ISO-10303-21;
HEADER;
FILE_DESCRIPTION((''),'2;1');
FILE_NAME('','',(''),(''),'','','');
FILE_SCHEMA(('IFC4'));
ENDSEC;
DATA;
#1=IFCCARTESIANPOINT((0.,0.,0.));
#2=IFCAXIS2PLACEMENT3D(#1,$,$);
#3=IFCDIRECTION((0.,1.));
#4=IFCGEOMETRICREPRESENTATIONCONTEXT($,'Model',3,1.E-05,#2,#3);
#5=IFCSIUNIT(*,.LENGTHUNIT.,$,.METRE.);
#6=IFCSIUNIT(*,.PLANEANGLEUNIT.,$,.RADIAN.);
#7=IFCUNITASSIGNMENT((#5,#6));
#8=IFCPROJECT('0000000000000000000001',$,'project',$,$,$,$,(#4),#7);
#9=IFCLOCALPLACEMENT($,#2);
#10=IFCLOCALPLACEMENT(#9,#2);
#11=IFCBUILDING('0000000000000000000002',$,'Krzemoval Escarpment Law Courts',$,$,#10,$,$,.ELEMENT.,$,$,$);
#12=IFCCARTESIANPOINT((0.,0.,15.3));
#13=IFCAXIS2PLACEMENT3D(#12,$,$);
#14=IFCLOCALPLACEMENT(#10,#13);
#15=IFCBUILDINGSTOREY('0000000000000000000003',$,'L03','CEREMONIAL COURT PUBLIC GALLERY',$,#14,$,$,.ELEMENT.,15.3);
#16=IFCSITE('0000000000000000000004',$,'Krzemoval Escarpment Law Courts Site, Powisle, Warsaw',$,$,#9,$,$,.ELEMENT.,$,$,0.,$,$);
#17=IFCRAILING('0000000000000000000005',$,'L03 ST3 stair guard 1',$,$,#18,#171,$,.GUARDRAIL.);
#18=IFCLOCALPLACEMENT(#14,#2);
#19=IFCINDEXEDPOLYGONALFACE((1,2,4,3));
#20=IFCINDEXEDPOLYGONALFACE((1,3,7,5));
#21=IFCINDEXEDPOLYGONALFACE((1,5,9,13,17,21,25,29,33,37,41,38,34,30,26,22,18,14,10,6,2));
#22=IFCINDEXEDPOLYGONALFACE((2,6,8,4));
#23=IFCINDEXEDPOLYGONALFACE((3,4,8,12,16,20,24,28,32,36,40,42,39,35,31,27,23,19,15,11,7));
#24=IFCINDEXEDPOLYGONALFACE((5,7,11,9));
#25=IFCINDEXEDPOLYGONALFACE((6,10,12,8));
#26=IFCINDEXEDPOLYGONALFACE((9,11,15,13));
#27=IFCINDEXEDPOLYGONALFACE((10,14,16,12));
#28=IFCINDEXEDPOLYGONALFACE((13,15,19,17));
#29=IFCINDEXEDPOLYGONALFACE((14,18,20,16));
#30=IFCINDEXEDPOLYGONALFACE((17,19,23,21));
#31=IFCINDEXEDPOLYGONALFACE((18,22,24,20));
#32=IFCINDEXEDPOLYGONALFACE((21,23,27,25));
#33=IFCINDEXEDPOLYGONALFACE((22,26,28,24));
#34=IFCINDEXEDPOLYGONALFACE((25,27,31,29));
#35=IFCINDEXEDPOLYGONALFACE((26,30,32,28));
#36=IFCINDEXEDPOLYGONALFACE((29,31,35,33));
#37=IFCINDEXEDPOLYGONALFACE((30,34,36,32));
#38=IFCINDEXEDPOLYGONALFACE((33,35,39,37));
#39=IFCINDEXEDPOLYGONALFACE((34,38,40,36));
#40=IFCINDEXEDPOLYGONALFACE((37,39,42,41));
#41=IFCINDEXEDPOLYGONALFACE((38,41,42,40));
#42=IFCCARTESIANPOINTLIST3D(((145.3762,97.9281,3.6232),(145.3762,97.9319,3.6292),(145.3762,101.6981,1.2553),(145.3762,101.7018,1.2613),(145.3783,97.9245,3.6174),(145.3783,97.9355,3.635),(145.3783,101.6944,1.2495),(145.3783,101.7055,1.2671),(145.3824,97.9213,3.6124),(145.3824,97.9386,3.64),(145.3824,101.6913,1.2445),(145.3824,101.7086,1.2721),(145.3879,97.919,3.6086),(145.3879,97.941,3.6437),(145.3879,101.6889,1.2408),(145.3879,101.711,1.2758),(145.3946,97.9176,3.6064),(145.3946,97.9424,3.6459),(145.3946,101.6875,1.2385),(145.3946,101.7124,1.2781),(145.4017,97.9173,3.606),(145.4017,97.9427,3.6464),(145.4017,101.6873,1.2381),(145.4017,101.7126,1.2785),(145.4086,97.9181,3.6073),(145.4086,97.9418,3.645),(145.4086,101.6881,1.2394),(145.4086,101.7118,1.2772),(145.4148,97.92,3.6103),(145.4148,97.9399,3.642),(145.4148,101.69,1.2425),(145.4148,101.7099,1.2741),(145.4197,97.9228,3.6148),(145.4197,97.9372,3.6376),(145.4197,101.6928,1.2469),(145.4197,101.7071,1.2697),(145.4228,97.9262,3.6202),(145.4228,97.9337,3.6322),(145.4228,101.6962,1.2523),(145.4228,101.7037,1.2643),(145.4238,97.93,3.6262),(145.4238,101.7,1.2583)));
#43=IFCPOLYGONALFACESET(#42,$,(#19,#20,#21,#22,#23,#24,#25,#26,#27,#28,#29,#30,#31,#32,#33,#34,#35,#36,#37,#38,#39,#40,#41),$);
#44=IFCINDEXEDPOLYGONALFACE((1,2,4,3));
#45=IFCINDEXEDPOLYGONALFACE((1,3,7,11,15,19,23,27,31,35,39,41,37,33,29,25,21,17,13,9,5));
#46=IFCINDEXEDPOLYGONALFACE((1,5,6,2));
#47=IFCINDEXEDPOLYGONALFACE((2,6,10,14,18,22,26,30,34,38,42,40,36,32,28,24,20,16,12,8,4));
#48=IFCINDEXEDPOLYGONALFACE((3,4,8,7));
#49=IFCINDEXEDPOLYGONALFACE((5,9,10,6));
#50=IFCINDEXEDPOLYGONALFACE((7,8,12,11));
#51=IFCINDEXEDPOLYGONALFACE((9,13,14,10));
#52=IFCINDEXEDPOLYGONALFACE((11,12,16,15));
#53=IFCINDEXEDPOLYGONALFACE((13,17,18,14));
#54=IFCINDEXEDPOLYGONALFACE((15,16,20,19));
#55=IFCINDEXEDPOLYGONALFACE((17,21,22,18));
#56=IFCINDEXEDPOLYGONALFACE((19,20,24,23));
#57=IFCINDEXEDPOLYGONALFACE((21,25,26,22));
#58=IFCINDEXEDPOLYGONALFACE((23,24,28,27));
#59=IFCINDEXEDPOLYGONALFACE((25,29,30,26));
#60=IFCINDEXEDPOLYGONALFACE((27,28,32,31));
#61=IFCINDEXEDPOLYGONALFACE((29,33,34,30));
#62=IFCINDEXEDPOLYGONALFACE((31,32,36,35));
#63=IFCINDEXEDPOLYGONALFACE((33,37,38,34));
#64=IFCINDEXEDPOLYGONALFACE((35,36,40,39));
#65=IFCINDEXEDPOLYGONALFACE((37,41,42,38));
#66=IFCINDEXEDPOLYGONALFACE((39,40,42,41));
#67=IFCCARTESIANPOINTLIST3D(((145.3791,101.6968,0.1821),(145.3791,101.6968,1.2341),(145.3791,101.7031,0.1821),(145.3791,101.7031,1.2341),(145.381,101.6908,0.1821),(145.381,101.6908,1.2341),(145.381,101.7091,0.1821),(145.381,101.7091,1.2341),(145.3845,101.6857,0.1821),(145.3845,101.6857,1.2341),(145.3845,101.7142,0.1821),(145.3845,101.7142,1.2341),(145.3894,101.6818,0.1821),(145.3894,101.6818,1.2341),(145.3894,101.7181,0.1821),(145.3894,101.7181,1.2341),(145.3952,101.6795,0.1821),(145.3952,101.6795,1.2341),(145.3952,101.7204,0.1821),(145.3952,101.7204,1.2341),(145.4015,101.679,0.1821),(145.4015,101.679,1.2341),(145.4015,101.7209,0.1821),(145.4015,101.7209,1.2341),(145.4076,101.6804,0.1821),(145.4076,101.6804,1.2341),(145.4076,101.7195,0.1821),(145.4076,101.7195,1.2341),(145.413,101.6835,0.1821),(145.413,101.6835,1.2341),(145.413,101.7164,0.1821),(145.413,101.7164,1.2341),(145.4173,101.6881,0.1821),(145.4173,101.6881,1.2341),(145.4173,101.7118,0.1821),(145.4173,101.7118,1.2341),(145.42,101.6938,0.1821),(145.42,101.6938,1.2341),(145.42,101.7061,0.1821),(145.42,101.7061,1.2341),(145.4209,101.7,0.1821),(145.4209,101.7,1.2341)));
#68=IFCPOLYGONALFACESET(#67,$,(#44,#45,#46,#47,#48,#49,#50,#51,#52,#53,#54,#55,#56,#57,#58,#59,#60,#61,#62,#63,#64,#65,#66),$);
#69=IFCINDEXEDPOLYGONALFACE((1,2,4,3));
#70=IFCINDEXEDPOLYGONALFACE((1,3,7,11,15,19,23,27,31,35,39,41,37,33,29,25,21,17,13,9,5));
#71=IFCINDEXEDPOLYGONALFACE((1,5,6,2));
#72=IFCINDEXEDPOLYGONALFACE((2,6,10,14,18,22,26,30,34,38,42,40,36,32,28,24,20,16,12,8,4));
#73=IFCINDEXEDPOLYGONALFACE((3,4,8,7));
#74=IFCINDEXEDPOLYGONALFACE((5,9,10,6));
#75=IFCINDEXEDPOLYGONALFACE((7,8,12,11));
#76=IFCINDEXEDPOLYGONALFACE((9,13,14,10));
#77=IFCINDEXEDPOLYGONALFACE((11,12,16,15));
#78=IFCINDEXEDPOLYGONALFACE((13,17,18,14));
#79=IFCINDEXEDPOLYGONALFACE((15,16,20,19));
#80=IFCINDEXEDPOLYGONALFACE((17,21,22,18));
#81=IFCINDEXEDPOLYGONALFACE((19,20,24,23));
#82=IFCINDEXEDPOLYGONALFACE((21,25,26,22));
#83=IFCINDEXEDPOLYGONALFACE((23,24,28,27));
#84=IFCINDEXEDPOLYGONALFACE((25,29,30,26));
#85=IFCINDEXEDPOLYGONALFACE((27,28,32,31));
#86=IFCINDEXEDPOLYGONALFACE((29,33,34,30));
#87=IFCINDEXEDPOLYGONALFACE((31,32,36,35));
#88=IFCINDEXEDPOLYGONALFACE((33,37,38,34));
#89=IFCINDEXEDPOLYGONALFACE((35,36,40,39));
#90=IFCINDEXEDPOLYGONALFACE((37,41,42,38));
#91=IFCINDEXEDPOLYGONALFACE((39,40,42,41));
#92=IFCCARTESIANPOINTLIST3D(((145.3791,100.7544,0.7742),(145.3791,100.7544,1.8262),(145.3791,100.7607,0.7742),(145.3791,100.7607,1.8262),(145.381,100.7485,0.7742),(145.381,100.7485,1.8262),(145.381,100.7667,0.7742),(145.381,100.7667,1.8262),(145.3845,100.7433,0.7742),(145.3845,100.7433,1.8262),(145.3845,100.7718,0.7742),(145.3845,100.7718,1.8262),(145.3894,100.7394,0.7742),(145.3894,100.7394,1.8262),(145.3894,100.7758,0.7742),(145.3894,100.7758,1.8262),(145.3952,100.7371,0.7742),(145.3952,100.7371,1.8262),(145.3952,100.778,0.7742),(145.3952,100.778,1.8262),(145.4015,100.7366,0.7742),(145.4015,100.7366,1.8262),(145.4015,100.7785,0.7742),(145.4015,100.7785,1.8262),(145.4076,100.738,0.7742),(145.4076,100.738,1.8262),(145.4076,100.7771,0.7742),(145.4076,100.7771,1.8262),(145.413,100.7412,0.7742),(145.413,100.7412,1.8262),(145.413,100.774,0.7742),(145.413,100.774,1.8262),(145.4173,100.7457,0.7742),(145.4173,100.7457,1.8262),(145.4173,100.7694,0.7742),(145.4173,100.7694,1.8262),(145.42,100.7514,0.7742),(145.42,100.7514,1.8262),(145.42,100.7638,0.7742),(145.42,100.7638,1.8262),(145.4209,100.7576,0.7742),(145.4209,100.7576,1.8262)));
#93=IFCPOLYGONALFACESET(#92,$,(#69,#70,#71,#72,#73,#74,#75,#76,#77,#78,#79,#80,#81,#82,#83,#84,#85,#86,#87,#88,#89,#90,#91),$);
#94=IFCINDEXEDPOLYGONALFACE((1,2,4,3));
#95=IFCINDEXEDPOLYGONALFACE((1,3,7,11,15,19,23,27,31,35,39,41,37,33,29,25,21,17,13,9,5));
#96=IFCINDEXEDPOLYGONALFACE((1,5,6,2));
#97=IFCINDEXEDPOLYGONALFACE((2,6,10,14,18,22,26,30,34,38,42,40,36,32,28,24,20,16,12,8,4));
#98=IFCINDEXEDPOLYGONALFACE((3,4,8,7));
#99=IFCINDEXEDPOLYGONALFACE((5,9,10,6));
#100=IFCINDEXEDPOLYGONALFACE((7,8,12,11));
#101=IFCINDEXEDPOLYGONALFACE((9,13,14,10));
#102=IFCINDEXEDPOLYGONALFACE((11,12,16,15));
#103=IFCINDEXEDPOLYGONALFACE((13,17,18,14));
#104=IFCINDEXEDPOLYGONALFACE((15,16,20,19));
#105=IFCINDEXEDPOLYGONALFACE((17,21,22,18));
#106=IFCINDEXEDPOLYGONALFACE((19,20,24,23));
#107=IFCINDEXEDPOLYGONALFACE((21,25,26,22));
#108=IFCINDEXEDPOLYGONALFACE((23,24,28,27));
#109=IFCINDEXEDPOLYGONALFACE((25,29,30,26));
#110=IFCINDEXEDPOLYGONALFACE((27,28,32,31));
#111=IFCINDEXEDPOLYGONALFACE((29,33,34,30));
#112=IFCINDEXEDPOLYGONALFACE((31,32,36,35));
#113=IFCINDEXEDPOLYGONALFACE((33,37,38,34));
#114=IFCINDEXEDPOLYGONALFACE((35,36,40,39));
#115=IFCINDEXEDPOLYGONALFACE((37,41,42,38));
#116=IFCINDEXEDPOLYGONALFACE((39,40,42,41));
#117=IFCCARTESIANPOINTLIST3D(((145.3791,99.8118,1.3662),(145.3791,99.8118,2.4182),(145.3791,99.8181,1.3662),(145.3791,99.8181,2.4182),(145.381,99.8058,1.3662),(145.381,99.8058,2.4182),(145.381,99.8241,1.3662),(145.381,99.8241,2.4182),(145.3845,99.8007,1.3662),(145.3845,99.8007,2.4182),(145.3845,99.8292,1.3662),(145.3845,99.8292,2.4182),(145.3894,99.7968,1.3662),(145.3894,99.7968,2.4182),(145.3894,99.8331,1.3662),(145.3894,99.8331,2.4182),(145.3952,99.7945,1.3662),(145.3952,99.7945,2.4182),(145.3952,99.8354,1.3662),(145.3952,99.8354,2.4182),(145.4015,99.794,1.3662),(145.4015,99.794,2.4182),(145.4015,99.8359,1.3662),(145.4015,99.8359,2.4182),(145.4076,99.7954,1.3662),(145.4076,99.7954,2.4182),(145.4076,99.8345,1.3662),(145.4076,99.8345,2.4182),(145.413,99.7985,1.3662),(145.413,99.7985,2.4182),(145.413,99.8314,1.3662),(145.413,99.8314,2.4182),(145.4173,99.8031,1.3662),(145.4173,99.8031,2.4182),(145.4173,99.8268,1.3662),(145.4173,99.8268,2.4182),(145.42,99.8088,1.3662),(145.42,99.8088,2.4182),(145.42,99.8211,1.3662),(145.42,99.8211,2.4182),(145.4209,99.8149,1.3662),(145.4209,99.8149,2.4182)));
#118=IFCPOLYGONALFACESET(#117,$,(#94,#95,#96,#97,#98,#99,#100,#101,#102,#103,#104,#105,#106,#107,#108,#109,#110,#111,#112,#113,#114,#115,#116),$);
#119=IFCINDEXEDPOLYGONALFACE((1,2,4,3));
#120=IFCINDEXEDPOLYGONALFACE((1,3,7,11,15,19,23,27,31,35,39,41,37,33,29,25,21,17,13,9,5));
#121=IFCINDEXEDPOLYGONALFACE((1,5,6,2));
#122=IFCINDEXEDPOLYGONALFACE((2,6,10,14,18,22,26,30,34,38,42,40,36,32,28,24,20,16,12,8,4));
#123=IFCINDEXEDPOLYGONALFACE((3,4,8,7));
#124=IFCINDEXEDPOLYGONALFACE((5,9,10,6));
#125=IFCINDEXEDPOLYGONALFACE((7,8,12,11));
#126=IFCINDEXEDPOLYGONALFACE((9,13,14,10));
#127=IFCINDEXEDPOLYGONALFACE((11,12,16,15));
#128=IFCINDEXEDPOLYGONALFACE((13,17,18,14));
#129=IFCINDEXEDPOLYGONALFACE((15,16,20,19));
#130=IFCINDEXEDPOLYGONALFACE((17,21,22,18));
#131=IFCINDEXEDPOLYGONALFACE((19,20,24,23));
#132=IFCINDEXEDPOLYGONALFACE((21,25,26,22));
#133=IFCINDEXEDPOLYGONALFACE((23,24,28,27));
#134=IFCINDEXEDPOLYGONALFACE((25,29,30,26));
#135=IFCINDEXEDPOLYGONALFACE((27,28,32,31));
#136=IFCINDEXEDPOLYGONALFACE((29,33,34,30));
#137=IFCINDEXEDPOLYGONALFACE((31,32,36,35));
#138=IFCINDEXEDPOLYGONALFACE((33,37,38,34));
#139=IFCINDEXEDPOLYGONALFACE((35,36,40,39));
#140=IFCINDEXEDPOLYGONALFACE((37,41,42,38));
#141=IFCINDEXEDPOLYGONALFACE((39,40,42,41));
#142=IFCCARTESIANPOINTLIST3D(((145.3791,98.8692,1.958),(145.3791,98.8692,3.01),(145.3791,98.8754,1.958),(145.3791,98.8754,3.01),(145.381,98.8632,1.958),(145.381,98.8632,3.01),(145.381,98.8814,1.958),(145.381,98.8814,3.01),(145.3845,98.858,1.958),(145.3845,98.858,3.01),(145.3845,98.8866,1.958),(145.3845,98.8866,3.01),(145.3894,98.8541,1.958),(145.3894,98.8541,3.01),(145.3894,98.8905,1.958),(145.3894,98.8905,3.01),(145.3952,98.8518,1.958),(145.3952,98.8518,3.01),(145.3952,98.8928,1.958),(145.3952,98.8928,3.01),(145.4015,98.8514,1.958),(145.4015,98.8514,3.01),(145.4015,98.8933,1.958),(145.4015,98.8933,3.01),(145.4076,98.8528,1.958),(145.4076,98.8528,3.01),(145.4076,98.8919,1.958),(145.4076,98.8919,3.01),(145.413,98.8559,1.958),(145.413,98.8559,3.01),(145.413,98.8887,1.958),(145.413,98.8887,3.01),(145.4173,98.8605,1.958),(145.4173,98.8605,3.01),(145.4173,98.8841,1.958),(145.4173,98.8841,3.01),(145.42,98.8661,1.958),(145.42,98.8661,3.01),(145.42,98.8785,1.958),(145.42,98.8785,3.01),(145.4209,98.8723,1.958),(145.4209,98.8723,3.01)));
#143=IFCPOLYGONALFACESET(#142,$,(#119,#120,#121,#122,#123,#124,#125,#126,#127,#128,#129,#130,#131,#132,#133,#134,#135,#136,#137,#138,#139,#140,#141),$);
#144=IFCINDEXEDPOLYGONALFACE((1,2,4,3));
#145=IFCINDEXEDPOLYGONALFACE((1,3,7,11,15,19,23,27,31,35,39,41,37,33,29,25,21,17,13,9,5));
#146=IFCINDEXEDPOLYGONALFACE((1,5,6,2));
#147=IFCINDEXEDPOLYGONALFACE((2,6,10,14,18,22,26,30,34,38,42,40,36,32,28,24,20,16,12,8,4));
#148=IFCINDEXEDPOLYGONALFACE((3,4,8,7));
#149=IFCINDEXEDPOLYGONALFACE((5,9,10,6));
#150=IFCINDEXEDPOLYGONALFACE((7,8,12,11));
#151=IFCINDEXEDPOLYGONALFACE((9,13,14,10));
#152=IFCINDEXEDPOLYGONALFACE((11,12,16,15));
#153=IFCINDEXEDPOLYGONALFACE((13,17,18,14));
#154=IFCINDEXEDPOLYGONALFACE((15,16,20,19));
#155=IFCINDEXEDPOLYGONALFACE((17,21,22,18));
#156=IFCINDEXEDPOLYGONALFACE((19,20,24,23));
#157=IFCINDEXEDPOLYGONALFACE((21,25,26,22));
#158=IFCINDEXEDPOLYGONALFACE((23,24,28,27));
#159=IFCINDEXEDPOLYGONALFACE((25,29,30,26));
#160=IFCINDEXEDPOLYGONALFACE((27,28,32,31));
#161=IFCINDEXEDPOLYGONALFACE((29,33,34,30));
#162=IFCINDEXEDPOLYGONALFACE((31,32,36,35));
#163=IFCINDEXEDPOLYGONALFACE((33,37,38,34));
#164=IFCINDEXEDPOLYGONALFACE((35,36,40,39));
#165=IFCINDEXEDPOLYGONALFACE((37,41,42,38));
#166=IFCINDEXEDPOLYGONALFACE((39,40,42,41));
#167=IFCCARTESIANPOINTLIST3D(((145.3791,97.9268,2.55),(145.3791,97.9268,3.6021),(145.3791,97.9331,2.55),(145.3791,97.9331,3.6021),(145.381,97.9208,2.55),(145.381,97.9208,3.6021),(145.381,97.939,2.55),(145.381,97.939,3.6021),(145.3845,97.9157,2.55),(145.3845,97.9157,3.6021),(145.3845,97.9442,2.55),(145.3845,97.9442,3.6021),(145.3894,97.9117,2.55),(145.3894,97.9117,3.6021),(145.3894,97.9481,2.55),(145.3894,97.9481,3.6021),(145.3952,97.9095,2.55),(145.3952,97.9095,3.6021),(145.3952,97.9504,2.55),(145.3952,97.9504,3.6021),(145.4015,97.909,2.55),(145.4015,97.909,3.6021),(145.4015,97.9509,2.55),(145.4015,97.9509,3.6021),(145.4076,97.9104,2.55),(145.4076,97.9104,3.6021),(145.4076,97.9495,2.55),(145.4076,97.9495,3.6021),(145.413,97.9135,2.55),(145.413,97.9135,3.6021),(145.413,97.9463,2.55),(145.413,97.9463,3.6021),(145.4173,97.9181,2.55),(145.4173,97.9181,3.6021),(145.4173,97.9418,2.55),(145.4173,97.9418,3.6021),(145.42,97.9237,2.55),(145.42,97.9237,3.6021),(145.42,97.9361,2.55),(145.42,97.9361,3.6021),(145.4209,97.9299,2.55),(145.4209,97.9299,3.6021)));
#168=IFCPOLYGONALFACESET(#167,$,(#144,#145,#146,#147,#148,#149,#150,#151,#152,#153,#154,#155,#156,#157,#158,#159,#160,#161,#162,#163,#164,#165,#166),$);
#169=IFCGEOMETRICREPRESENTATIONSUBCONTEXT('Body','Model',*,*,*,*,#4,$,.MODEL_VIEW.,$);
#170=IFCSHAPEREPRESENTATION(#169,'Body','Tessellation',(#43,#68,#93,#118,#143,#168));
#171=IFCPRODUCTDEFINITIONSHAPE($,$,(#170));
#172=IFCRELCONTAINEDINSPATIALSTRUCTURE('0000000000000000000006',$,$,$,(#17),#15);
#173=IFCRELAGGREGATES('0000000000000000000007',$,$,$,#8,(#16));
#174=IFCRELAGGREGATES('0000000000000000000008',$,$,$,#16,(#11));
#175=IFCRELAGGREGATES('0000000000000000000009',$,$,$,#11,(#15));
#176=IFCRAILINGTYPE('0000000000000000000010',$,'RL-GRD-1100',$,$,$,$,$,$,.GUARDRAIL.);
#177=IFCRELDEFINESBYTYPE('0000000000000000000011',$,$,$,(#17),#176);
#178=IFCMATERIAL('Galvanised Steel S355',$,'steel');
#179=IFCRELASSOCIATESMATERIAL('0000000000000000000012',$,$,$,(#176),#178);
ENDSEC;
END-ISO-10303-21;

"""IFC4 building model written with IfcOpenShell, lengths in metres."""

from ifc_helpers import new_model, si_unit, direction, frame, origin, origin_2d, place, context, subcontext, project, spatial, circle, extrude, material, type_object, element, save


model = new_model("IFC4")

# Units and contexts
model_context = context("Model", 3, precision=1e-05, world=origin(), true_north=direction((0.0, 1.0)))
body_context = subcontext(model_context, "Body", "Model", "MODEL_VIEW")
ifc_project = project(units=[si_unit("LENGTHUNIT", "METRE"), si_unit("PLANEANGLEUNIT", "RADIAN")], contexts=[model_context])

# Site, building, storey
site_placement = place(None, origin())
site = spatial("IfcSite", under=ifc_project, at=site_placement, Name="Krzemoval Escarpment Law Courts Site, Powisle, Warsaw", CompositionType="ELEMENT", RefElevation=0.0)
building_placement = place(site_placement, origin())
building = spatial("IfcBuilding", under=site, at=building_placement, Name="Krzemoval Escarpment Law Courts", CompositionType="ELEMENT")
storey_placement = place(building_placement, frame((0.0, 0.0, 15.3)))
storey = spatial("IfcBuildingStorey", under=building, at=storey_placement, Name="L03", Description="CEREMONIAL COURT PUBLIC GALLERY", CompositionType="ELEMENT", Elevation=15.3)

# Railing
ifc_material_1 = material(Name="Galvanised Steel S355", Category="steel")
railing_type_1 = type_object("IfcRailingType", Name="RL-GRD-1100", PredefinedType="GUARDRAIL", material=ifc_material_1)
railing_1_placement = place(storey_placement, frame((145.3999, 101.7, 0.1821)))
element("IfcRailing", 1, at=railing_1_placement, inside=storey, type_object=railing_type_1, Name="L03 ST3 stair guard 1", PredefinedType="GUARDRAIL", context=body_context, shape_type="SweptSolid", body=[
    extrude(circle(Radius=0.0239, at=origin_2d()), frame((0.0, 0.0, 1.0762), z_axis=(0.0, -0.846819, 0.531881), x_axis=(1.0, 0.0, 0.0)), (0.0, 0.0, 1.0), 4.4519),
    extrude(circle(Radius=0.021, at=origin_2d()), origin(), (0.0, 0.0, 1.0), 1.052),
    extrude(circle(Radius=0.021, at=origin_2d()), frame((0.0, -0.9424, 0.592)), (0.0, 0.0, 1.0), 1.052),
    extrude(circle(Radius=0.021, at=origin_2d()), frame((0.0, -1.885, 1.1841)), (0.0, 0.0, 1.0), 1.052),
    extrude(circle(Radius=0.021, at=origin_2d()), frame((0.0, -2.8276, 1.7759)), (0.0, 0.0, 1.0), 1.052),
    extrude(circle(Radius=0.021, at=origin_2d()), frame((0.0, -3.77, 2.3679)), (0.0, 0.0, 1.0), 1.052),
])

save(model, "model.ifc")
